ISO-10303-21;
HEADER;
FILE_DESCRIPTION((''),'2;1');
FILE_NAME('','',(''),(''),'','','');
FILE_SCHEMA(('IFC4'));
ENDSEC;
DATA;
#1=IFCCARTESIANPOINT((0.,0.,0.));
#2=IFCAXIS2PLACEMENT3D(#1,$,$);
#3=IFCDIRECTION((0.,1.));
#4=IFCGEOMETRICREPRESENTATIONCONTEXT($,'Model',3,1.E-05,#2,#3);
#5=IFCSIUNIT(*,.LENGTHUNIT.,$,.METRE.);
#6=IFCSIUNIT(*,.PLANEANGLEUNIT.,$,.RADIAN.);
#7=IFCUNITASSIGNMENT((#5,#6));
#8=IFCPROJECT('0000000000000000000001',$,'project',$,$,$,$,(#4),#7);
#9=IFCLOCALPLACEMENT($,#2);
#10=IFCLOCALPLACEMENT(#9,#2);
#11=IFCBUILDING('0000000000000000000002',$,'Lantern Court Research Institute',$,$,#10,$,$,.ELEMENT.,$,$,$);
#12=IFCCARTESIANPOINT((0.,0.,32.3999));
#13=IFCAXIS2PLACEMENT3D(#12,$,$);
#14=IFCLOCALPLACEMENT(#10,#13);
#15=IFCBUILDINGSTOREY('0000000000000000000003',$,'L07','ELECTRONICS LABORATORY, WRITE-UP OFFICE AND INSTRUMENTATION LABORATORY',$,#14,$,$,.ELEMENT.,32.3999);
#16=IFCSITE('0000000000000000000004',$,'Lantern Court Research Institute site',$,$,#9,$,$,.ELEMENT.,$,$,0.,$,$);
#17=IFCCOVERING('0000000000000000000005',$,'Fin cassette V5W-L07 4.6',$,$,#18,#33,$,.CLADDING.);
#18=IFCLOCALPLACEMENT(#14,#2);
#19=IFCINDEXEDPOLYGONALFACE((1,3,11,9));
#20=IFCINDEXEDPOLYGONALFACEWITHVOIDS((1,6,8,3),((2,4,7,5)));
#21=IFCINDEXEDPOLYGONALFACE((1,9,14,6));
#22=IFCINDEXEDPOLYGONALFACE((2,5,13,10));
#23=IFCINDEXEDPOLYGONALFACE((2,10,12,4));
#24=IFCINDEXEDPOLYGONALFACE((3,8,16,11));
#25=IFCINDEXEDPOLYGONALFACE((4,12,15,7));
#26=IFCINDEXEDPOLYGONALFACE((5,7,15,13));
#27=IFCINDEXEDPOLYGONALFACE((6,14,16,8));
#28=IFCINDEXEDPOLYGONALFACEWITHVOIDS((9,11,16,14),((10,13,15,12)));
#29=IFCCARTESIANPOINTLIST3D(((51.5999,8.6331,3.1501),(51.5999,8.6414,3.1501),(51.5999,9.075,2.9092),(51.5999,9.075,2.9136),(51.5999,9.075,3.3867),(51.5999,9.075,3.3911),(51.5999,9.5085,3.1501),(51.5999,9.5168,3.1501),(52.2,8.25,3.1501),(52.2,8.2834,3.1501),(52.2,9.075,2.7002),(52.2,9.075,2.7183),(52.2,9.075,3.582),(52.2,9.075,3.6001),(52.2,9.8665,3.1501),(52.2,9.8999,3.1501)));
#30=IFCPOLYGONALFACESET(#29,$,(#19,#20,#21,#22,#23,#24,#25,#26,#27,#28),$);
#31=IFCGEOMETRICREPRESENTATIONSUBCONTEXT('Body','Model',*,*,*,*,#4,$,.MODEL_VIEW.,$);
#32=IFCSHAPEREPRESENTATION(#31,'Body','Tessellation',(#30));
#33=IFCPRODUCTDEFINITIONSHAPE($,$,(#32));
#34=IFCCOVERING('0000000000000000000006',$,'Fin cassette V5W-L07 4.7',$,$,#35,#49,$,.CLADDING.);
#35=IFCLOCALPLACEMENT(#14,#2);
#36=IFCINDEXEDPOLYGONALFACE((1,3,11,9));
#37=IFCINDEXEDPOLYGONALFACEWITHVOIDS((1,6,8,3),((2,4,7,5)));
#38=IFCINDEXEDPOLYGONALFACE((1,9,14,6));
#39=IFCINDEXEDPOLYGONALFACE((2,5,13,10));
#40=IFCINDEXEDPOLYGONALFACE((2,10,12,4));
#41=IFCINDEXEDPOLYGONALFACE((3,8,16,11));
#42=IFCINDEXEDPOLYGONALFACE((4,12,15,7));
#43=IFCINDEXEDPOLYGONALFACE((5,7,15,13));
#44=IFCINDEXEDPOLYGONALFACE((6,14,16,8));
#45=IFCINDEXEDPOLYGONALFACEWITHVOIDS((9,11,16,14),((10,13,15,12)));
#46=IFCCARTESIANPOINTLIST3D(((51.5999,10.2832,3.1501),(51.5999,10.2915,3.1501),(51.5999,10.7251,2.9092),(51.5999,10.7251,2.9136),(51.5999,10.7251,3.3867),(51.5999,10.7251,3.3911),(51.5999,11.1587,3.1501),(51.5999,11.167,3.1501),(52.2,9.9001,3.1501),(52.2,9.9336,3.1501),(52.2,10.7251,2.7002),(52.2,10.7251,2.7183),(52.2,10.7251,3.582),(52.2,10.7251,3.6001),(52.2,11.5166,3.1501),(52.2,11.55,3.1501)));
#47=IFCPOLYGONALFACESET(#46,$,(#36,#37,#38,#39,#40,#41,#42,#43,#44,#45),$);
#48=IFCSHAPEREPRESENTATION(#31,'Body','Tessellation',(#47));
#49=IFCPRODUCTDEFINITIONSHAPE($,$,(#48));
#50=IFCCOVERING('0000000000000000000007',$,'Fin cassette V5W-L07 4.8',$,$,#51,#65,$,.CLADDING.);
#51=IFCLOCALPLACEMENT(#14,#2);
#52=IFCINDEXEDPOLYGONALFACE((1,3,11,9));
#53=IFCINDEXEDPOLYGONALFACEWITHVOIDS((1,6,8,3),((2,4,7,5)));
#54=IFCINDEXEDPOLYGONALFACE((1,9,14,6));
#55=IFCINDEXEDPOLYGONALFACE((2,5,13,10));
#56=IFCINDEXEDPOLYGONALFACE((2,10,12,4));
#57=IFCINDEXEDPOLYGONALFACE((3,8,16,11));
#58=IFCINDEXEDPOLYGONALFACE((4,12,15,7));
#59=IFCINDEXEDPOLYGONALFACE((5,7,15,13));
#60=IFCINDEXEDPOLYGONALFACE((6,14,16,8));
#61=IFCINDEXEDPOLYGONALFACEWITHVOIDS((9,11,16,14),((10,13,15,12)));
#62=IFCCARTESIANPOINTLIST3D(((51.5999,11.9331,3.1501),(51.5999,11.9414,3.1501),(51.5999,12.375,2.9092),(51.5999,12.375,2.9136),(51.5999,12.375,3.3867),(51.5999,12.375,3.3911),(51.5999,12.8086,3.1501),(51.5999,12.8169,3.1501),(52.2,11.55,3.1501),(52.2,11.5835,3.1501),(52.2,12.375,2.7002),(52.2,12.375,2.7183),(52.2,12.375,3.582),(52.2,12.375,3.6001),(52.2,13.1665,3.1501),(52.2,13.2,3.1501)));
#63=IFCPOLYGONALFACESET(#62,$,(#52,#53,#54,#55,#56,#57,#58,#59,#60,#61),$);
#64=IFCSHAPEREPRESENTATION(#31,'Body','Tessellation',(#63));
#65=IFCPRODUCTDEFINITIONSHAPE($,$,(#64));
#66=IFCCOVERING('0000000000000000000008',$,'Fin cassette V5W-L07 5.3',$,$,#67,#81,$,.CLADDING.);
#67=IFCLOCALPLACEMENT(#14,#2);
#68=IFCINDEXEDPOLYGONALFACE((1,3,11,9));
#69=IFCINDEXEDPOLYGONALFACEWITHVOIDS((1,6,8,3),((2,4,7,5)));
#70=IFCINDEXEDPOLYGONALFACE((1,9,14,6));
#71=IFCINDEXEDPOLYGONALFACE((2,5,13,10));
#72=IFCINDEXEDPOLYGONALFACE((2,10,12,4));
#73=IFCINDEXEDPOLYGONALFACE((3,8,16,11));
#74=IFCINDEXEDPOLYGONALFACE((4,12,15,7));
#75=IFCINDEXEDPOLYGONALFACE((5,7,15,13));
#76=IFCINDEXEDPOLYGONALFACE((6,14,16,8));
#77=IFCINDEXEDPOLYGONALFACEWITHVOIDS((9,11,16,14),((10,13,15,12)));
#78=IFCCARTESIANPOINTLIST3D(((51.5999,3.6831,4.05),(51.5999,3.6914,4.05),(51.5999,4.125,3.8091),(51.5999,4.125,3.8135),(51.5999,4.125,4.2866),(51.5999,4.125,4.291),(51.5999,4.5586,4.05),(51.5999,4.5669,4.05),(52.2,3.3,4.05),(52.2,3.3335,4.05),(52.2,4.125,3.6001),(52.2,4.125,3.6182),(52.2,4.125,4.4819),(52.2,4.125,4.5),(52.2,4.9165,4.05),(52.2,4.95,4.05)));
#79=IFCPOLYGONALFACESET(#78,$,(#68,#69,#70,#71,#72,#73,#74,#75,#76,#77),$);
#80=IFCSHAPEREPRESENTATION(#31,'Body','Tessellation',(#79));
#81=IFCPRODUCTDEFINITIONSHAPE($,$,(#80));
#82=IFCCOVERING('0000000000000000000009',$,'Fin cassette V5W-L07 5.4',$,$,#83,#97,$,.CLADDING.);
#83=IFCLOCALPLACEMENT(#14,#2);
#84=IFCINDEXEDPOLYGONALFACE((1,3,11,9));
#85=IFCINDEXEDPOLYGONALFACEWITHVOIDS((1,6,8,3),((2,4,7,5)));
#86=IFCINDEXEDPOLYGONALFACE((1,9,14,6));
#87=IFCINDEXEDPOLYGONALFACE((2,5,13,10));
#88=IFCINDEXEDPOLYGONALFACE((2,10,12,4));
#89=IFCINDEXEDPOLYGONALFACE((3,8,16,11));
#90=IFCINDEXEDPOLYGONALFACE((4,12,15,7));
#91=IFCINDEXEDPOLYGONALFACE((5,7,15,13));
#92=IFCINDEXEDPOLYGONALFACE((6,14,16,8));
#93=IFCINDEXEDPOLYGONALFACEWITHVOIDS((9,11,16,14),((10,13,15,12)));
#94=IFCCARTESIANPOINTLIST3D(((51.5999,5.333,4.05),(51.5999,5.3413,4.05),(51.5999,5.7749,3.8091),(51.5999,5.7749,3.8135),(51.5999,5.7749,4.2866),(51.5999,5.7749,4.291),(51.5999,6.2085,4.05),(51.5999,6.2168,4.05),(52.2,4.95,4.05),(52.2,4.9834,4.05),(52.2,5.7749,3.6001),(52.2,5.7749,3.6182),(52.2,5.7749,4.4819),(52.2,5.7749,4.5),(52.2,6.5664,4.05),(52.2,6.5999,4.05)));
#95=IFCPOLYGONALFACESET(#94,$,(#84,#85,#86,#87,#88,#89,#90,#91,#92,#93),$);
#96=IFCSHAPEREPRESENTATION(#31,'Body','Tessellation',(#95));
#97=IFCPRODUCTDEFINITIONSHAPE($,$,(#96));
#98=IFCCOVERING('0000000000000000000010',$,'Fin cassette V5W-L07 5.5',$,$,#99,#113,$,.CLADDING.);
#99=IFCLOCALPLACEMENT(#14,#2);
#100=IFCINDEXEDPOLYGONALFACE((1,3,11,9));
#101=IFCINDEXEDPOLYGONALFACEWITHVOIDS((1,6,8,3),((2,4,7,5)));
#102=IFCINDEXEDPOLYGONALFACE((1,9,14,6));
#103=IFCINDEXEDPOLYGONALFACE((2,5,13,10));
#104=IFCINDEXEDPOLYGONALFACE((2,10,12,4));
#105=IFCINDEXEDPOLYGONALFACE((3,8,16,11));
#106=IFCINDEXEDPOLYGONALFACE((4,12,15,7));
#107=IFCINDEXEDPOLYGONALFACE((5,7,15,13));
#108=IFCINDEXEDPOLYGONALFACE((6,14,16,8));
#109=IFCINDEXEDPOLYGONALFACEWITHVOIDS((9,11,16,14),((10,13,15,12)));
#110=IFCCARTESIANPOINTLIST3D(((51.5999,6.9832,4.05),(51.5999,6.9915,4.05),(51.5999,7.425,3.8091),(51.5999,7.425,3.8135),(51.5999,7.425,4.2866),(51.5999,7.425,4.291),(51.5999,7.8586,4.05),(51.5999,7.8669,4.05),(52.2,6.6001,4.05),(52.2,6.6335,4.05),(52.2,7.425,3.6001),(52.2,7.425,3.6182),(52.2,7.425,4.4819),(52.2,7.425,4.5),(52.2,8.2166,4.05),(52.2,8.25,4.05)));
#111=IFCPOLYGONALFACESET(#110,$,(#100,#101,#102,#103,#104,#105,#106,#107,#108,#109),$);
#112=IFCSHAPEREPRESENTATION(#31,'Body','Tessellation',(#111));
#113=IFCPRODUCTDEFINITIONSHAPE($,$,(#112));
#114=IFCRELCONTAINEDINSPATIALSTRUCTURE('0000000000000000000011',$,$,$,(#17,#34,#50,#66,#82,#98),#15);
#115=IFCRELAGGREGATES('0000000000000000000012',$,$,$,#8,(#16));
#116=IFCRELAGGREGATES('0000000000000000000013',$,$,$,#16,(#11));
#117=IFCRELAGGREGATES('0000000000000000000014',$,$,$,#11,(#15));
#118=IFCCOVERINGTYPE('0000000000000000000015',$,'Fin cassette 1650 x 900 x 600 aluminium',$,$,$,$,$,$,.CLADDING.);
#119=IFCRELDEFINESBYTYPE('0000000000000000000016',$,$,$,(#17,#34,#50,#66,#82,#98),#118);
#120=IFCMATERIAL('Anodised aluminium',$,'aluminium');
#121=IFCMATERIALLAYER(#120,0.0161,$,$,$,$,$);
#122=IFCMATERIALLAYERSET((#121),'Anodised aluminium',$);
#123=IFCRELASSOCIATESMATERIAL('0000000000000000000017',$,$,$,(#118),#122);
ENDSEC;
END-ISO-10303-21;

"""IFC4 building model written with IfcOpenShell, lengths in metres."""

from ifc_helpers import new_model, entity, si_unit, direction, frame, origin, place, context, subcontext, project, spatial, material, layer, layer_set, type_object, element, save


model = new_model("IFC4")

# Units and contexts
model_context = context("Model", 3, precision=1e-05, world=origin(), true_north=direction((0.0, 1.0)))
body_context = subcontext(model_context, "Body", "Model", "MODEL_VIEW")
ifc_project = project(units=[si_unit("LENGTHUNIT", "METRE"), si_unit("PLANEANGLEUNIT", "RADIAN")], contexts=[model_context])

# Site, building, storey
site_placement = place(None, origin())
site = spatial("IfcSite", under=ifc_project, at=site_placement, Name="Lantern Court Research Institute site", CompositionType="ELEMENT", RefElevation=0.0)
building_placement = place(site_placement, origin())
building = spatial("IfcBuilding", under=site, at=building_placement, Name="Lantern Court Research Institute", CompositionType="ELEMENT")
storey_placement = place(building_placement, frame((0.0, 0.0, 32.3999)))
storey = spatial("IfcBuildingStorey", under=building, at=storey_placement, Name="L07", Description="ELECTRONICS LABORATORY, WRITE-UP OFFICE AND INSTRUMENTATION LABORATORY", CompositionType="ELEMENT", Elevation=32.3999)

# Coverings
ifc_material_1 = material(Name="Anodised aluminium", Category="aluminium")
ifc_layer_1 = layer(ifc_material_1, 0.0161)
ifc_layer_set_1 = layer_set([ifc_layer_1], Name="Anodised aluminium")
covering_type = type_object("IfcCoveringType", Name="Fin cassette 1650 x 900 x 600 aluminium", PredefinedType="CLADDING", material=ifc_layer_set_1)
covering_1_placement = place(storey_placement, frame((52.2, 9.075, 3.1501), z_axis=(-1.0, 0.0, 0.0), x_axis=(0.0, -1.0, 0.0)))
cartesian_point_1 = entity("IfcCartesianPoint", [0.825, 0.0])
cartesian_point_2 = entity("IfcCartesianPoint", [0.7915, 0.0])
cartesian_point_3 = entity("IfcCartesianPoint", [0.4419, 0.0])
cartesian_point_4 = entity("IfcCartesianPoint", [0.4336, 0.0])
element("IfcCovering", 1, at=covering_1_placement, inside=storey, type_object=covering_type, Name="Fin cassette V5W-L07 4.6", PredefinedType="CLADDING", context=body_context, shape_type="SweptSolid", body=[
    entity("IfcExtrudedAreaSolidTapered", entity("IfcArbitraryProfileDefWithVoids", "AREA", None, entity("IfcPolyline", [cartesian_point_1, entity("IfcCartesianPoint", [0.0, 0.45]), entity("IfcCartesianPoint", [-0.825, 0.0]), entity("IfcCartesianPoint", [0.0, -0.45]), cartesian_point_1]), [entity("IfcPolyline", [cartesian_point_2, entity("IfcCartesianPoint", [0.0, 0.4319]), entity("IfcCartesianPoint", [-0.7915, 0.0]), entity("IfcCartesianPoint", [0.0, -0.4319]), cartesian_point_2])]), entity("IfcAxis2Placement3D", entity("IfcCartesianPoint", [0.0, 0.0, 0.0])), entity("IfcDirection", [0.0, 0.0, 1.0]), 0.6001, entity("IfcArbitraryProfileDefWithVoids", "AREA", None, entity("IfcPolyline", [cartesian_point_3, entity("IfcCartesianPoint", [0.0, 0.241]), entity("IfcCartesianPoint", [-0.4419, 0.0]), entity("IfcCartesianPoint", [0.0, -0.241]), cartesian_point_3]), [entity("IfcPolyline", [cartesian_point_4, entity("IfcCartesianPoint", [0.0, 0.2366]), entity("IfcCartesianPoint", [-0.4336, 0.0]), entity("IfcCartesianPoint", [0.0, -0.2366]), cartesian_point_4])])),
])
covering_2_placement = place(storey_placement, frame((52.2, 10.7251, 3.1501), z_axis=(-1.0, 0.0, 0.0), x_axis=(0.0, -1.0, 0.0)))
cartesian_point_5 = entity("IfcCartesianPoint", [0.825, 0.0])
cartesian_point_6 = entity("IfcCartesianPoint", [0.7915, 0.0])
cartesian_point_7 = entity("IfcCartesianPoint", [0.4419, 0.0])
cartesian_point_8 = entity("IfcCartesianPoint", [0.4336, 0.0])
element("IfcCovering", 2, at=covering_2_placement, inside=storey, type_object=covering_type, Name="Fin cassette V5W-L07 4.7", PredefinedType="CLADDING", context=body_context, shape_type="SweptSolid", body=[
    entity("IfcExtrudedAreaSolidTapered", entity("IfcArbitraryProfileDefWithVoids", "AREA", None, entity("IfcPolyline", [cartesian_point_5, entity("IfcCartesianPoint", [0.0, 0.45]), entity("IfcCartesianPoint", [-0.825, 0.0]), entity("IfcCartesianPoint", [0.0, -0.45]), cartesian_point_5]), [entity("IfcPolyline", [cartesian_point_6, entity("IfcCartesianPoint", [0.0, 0.4319]), entity("IfcCartesianPoint", [-0.7915, 0.0]), entity("IfcCartesianPoint", [0.0, -0.4319]), cartesian_point_6])]), entity("IfcAxis2Placement3D", entity("IfcCartesianPoint", [0.0, 0.0, 0.0])), entity("IfcDirection", [0.0, 0.0, 1.0]), 0.6001, entity("IfcArbitraryProfileDefWithVoids", "AREA", None, entity("IfcPolyline", [cartesian_point_7, entity("IfcCartesianPoint", [0.0, 0.241]), entity("IfcCartesianPoint", [-0.4419, 0.0]), entity("IfcCartesianPoint", [0.0, -0.241]), cartesian_point_7]), [entity("IfcPolyline", [cartesian_point_8, entity("IfcCartesianPoint", [0.0, 0.2366]), entity("IfcCartesianPoint", [-0.4336, 0.0]), entity("IfcCartesianPoint", [0.0, -0.2366]), cartesian_point_8])])),
])
covering_3_placement = place(storey_placement, frame((52.2, 12.375, 3.1501), z_axis=(-1.0, 0.0, 0.0), x_axis=(0.0, -1.0, 0.0)))
cartesian_point_9 = entity("IfcCartesianPoint", [0.825, 0.0])
cartesian_point_10 = entity("IfcCartesianPoint", [0.7915, 0.0])
cartesian_point_11 = entity("IfcCartesianPoint", [0.4419, 0.0])
cartesian_point_12 = entity("IfcCartesianPoint", [0.4336, 0.0])
element("IfcCovering", 3, at=covering_3_placement, inside=storey, type_object=covering_type, Name="Fin cassette V5W-L07 4.8", PredefinedType="CLADDING", context=body_context, shape_type="SweptSolid", body=[
    entity("IfcExtrudedAreaSolidTapered", entity("IfcArbitraryProfileDefWithVoids", "AREA", None, entity("IfcPolyline", [cartesian_point_9, entity("IfcCartesianPoint", [0.0, 0.45]), entity("IfcCartesianPoint", [-0.825, 0.0]), entity("IfcCartesianPoint", [0.0, -0.45]), cartesian_point_9]), [entity("IfcPolyline", [cartesian_point_10, entity("IfcCartesianPoint", [0.0, 0.4319]), entity("IfcCartesianPoint", [-0.7915, 0.0]), entity("IfcCartesianPoint", [0.0, -0.4319]), cartesian_point_10])]), entity("IfcAxis2Placement3D", entity("IfcCartesianPoint", [0.0, 0.0, 0.0])), entity("IfcDirection", [0.0, 0.0, 1.0]), 0.6001, entity("IfcArbitraryProfileDefWithVoids", "AREA", None, entity("IfcPolyline", [cartesian_point_11, entity("IfcCartesianPoint", [0.0, 0.241]), entity("IfcCartesianPoint", [-0.4419, 0.0]), entity("IfcCartesianPoint", [0.0, -0.241]), cartesian_point_11]), [entity("IfcPolyline", [cartesian_point_12, entity("IfcCartesianPoint", [0.0, 0.2366]), entity("IfcCartesianPoint", [-0.4336, 0.0]), entity("IfcCartesianPoint", [0.0, -0.2366]), cartesian_point_12])])),
])
covering_4_placement = place(storey_placement, frame((52.2, 4.125, 4.05), z_axis=(-1.0, 0.0, 0.0), x_axis=(0.0, -1.0, 0.0)))
cartesian_point_13 = entity("IfcCartesianPoint", [0.825, 0.0])
cartesian_point_14 = entity("IfcCartesianPoint", [0.7915, 0.0])
cartesian_point_15 = entity("IfcCartesianPoint", [0.4419, 0.0])
cartesian_point_16 = entity("IfcCartesianPoint", [0.4336, 0.0])
element("IfcCovering", 4, at=covering_4_placement, inside=storey, type_object=covering_type, Name="Fin cassette V5W-L07 5.3", PredefinedType="CLADDING", context=body_context, shape_type="SweptSolid", body=[
    entity("IfcExtrudedAreaSolidTapered", entity("IfcArbitraryProfileDefWithVoids", "AREA", None, entity("IfcPolyline", [cartesian_point_13, entity("IfcCartesianPoint", [0.0, 0.45]), entity("IfcCartesianPoint", [-0.825, 0.0]), entity("IfcCartesianPoint", [0.0, -0.45]), cartesian_point_13]), [entity("IfcPolyline", [cartesian_point_14, entity("IfcCartesianPoint", [0.0, 0.4319]), entity("IfcCartesianPoint", [-0.7915, 0.0]), entity("IfcCartesianPoint", [0.0, -0.4319]), cartesian_point_14])]), entity("IfcAxis2Placement3D", entity("IfcCartesianPoint", [0.0, 0.0, 0.0])), entity("IfcDirection", [0.0, 0.0, 1.0]), 0.6001, entity("IfcArbitraryProfileDefWithVoids", "AREA", None, entity("IfcPolyline", [cartesian_point_15, entity("IfcCartesianPoint", [0.0, 0.241]), entity("IfcCartesianPoint", [-0.4419, 0.0]), entity("IfcCartesianPoint", [0.0, -0.241]), cartesian_point_15]), [entity("IfcPolyline", [cartesian_point_16, entity("IfcCartesianPoint", [0.0, 0.2366]), entity("IfcCartesianPoint", [-0.4336, 0.0]), entity("IfcCartesianPoint", [0.0, -0.2366]), cartesian_point_16])])),
])
covering_5_placement = place(storey_placement, frame((52.2, 5.7749, 4.05), z_axis=(-1.0, 0.0, 0.0), x_axis=(0.0, -1.0, 0.0)))
cartesian_point_17 = entity("IfcCartesianPoint", [0.825, 0.0])
cartesian_point_18 = entity("IfcCartesianPoint", [0.7915, 0.0])
cartesian_point_19 = entity("IfcCartesianPoint", [0.4419, 0.0])
cartesian_point_20 = entity("IfcCartesianPoint", [0.4336, 0.0])
element("IfcCovering", 5, at=covering_5_placement, inside=storey, type_object=covering_type, Name="Fin cassette V5W-L07 5.4", PredefinedType="CLADDING", context=body_context, shape_type="SweptSolid", body=[
    entity("IfcExtrudedAreaSolidTapered", entity("IfcArbitraryProfileDefWithVoids", "AREA", None, entity("IfcPolyline", [cartesian_point_17, entity("IfcCartesianPoint", [0.0, 0.45]), entity("IfcCartesianPoint", [-0.825, 0.0]), entity("IfcCartesianPoint", [0.0, -0.45]), cartesian_point_17]), [entity("IfcPolyline", [cartesian_point_18, entity("IfcCartesianPoint", [0.0, 0.4319]), entity("IfcCartesianPoint", [-0.7915, 0.0]), entity("IfcCartesianPoint", [0.0, -0.4319]), cartesian_point_18])]), entity("IfcAxis2Placement3D", entity("IfcCartesianPoint", [0.0, 0.0, 0.0])), entity("IfcDirection", [0.0, 0.0, 1.0]), 0.6001, entity("IfcArbitraryProfileDefWithVoids", "AREA", None, entity("IfcPolyline", [cartesian_point_19, entity("IfcCartesianPoint", [0.0, 0.241]), entity("IfcCartesianPoint", [-0.4419, 0.0]), entity("IfcCartesianPoint", [0.0, -0.241]), cartesian_point_19]), [entity("IfcPolyline", [cartesian_point_20, entity("IfcCartesianPoint", [0.0, 0.2366]), entity("IfcCartesianPoint", [-0.4336, 0.0]), entity("IfcCartesianPoint", [0.0, -0.2366]), cartesian_point_20])])),
])
covering_6_placement = place(storey_placement, frame((52.2, 7.425, 4.05), z_axis=(-1.0, 0.0, 0.0), x_axis=(0.0, -1.0, 0.0)))
cartesian_point_21 = entity("IfcCartesianPoint", [0.825, 0.0])
cartesian_point_22 = entity("IfcCartesianPoint", [0.7915, 0.0])
cartesian_point_23 = entity("IfcCartesianPoint", [0.4419, 0.0])
cartesian_point_24 = entity("IfcCartesianPoint", [0.4336, 0.0])
element("IfcCovering", 6, at=covering_6_placement, inside=storey, type_object=covering_type, Name="Fin cassette V5W-L07 5.5", PredefinedType="CLADDING", context=body_context, shape_type="SweptSolid", body=[
    entity("IfcExtrudedAreaSolidTapered", entity("IfcArbitraryProfileDefWithVoids", "AREA", None, entity("IfcPolyline", [cartesian_point_21, entity("IfcCartesianPoint", [0.0, 0.45]), entity("IfcCartesianPoint", [-0.825, 0.0]), entity("IfcCartesianPoint", [0.0, -0.45]), cartesian_point_21]), [entity("IfcPolyline", [cartesian_point_22, entity("IfcCartesianPoint", [0.0, 0.4319]), entity("IfcCartesianPoint", [-0.7915, 0.0]), entity("IfcCartesianPoint", [0.0, -0.4319]), cartesian_point_22])]), entity("IfcAxis2Placement3D", entity("IfcCartesianPoint", [0.0, 0.0, 0.0])), entity("IfcDirection", [0.0, 0.0, 1.0]), 0.6001, entity("IfcArbitraryProfileDefWithVoids", "AREA", None, entity("IfcPolyline", [cartesian_point_23, entity("IfcCartesianPoint", [0.0, 0.241]), entity("IfcCartesianPoint", [-0.4419, 0.0]), entity("IfcCartesianPoint", [0.0, -0.241]), cartesian_point_23]), [entity("IfcPolyline", [cartesian_point_24, entity("IfcCartesianPoint", [0.0, 0.2366]), entity("IfcCartesianPoint", [-0.4336, 0.0]), entity("IfcCartesianPoint", [0.0, -0.2366]), cartesian_point_24])])),
])

save(model, "model.ifc")
